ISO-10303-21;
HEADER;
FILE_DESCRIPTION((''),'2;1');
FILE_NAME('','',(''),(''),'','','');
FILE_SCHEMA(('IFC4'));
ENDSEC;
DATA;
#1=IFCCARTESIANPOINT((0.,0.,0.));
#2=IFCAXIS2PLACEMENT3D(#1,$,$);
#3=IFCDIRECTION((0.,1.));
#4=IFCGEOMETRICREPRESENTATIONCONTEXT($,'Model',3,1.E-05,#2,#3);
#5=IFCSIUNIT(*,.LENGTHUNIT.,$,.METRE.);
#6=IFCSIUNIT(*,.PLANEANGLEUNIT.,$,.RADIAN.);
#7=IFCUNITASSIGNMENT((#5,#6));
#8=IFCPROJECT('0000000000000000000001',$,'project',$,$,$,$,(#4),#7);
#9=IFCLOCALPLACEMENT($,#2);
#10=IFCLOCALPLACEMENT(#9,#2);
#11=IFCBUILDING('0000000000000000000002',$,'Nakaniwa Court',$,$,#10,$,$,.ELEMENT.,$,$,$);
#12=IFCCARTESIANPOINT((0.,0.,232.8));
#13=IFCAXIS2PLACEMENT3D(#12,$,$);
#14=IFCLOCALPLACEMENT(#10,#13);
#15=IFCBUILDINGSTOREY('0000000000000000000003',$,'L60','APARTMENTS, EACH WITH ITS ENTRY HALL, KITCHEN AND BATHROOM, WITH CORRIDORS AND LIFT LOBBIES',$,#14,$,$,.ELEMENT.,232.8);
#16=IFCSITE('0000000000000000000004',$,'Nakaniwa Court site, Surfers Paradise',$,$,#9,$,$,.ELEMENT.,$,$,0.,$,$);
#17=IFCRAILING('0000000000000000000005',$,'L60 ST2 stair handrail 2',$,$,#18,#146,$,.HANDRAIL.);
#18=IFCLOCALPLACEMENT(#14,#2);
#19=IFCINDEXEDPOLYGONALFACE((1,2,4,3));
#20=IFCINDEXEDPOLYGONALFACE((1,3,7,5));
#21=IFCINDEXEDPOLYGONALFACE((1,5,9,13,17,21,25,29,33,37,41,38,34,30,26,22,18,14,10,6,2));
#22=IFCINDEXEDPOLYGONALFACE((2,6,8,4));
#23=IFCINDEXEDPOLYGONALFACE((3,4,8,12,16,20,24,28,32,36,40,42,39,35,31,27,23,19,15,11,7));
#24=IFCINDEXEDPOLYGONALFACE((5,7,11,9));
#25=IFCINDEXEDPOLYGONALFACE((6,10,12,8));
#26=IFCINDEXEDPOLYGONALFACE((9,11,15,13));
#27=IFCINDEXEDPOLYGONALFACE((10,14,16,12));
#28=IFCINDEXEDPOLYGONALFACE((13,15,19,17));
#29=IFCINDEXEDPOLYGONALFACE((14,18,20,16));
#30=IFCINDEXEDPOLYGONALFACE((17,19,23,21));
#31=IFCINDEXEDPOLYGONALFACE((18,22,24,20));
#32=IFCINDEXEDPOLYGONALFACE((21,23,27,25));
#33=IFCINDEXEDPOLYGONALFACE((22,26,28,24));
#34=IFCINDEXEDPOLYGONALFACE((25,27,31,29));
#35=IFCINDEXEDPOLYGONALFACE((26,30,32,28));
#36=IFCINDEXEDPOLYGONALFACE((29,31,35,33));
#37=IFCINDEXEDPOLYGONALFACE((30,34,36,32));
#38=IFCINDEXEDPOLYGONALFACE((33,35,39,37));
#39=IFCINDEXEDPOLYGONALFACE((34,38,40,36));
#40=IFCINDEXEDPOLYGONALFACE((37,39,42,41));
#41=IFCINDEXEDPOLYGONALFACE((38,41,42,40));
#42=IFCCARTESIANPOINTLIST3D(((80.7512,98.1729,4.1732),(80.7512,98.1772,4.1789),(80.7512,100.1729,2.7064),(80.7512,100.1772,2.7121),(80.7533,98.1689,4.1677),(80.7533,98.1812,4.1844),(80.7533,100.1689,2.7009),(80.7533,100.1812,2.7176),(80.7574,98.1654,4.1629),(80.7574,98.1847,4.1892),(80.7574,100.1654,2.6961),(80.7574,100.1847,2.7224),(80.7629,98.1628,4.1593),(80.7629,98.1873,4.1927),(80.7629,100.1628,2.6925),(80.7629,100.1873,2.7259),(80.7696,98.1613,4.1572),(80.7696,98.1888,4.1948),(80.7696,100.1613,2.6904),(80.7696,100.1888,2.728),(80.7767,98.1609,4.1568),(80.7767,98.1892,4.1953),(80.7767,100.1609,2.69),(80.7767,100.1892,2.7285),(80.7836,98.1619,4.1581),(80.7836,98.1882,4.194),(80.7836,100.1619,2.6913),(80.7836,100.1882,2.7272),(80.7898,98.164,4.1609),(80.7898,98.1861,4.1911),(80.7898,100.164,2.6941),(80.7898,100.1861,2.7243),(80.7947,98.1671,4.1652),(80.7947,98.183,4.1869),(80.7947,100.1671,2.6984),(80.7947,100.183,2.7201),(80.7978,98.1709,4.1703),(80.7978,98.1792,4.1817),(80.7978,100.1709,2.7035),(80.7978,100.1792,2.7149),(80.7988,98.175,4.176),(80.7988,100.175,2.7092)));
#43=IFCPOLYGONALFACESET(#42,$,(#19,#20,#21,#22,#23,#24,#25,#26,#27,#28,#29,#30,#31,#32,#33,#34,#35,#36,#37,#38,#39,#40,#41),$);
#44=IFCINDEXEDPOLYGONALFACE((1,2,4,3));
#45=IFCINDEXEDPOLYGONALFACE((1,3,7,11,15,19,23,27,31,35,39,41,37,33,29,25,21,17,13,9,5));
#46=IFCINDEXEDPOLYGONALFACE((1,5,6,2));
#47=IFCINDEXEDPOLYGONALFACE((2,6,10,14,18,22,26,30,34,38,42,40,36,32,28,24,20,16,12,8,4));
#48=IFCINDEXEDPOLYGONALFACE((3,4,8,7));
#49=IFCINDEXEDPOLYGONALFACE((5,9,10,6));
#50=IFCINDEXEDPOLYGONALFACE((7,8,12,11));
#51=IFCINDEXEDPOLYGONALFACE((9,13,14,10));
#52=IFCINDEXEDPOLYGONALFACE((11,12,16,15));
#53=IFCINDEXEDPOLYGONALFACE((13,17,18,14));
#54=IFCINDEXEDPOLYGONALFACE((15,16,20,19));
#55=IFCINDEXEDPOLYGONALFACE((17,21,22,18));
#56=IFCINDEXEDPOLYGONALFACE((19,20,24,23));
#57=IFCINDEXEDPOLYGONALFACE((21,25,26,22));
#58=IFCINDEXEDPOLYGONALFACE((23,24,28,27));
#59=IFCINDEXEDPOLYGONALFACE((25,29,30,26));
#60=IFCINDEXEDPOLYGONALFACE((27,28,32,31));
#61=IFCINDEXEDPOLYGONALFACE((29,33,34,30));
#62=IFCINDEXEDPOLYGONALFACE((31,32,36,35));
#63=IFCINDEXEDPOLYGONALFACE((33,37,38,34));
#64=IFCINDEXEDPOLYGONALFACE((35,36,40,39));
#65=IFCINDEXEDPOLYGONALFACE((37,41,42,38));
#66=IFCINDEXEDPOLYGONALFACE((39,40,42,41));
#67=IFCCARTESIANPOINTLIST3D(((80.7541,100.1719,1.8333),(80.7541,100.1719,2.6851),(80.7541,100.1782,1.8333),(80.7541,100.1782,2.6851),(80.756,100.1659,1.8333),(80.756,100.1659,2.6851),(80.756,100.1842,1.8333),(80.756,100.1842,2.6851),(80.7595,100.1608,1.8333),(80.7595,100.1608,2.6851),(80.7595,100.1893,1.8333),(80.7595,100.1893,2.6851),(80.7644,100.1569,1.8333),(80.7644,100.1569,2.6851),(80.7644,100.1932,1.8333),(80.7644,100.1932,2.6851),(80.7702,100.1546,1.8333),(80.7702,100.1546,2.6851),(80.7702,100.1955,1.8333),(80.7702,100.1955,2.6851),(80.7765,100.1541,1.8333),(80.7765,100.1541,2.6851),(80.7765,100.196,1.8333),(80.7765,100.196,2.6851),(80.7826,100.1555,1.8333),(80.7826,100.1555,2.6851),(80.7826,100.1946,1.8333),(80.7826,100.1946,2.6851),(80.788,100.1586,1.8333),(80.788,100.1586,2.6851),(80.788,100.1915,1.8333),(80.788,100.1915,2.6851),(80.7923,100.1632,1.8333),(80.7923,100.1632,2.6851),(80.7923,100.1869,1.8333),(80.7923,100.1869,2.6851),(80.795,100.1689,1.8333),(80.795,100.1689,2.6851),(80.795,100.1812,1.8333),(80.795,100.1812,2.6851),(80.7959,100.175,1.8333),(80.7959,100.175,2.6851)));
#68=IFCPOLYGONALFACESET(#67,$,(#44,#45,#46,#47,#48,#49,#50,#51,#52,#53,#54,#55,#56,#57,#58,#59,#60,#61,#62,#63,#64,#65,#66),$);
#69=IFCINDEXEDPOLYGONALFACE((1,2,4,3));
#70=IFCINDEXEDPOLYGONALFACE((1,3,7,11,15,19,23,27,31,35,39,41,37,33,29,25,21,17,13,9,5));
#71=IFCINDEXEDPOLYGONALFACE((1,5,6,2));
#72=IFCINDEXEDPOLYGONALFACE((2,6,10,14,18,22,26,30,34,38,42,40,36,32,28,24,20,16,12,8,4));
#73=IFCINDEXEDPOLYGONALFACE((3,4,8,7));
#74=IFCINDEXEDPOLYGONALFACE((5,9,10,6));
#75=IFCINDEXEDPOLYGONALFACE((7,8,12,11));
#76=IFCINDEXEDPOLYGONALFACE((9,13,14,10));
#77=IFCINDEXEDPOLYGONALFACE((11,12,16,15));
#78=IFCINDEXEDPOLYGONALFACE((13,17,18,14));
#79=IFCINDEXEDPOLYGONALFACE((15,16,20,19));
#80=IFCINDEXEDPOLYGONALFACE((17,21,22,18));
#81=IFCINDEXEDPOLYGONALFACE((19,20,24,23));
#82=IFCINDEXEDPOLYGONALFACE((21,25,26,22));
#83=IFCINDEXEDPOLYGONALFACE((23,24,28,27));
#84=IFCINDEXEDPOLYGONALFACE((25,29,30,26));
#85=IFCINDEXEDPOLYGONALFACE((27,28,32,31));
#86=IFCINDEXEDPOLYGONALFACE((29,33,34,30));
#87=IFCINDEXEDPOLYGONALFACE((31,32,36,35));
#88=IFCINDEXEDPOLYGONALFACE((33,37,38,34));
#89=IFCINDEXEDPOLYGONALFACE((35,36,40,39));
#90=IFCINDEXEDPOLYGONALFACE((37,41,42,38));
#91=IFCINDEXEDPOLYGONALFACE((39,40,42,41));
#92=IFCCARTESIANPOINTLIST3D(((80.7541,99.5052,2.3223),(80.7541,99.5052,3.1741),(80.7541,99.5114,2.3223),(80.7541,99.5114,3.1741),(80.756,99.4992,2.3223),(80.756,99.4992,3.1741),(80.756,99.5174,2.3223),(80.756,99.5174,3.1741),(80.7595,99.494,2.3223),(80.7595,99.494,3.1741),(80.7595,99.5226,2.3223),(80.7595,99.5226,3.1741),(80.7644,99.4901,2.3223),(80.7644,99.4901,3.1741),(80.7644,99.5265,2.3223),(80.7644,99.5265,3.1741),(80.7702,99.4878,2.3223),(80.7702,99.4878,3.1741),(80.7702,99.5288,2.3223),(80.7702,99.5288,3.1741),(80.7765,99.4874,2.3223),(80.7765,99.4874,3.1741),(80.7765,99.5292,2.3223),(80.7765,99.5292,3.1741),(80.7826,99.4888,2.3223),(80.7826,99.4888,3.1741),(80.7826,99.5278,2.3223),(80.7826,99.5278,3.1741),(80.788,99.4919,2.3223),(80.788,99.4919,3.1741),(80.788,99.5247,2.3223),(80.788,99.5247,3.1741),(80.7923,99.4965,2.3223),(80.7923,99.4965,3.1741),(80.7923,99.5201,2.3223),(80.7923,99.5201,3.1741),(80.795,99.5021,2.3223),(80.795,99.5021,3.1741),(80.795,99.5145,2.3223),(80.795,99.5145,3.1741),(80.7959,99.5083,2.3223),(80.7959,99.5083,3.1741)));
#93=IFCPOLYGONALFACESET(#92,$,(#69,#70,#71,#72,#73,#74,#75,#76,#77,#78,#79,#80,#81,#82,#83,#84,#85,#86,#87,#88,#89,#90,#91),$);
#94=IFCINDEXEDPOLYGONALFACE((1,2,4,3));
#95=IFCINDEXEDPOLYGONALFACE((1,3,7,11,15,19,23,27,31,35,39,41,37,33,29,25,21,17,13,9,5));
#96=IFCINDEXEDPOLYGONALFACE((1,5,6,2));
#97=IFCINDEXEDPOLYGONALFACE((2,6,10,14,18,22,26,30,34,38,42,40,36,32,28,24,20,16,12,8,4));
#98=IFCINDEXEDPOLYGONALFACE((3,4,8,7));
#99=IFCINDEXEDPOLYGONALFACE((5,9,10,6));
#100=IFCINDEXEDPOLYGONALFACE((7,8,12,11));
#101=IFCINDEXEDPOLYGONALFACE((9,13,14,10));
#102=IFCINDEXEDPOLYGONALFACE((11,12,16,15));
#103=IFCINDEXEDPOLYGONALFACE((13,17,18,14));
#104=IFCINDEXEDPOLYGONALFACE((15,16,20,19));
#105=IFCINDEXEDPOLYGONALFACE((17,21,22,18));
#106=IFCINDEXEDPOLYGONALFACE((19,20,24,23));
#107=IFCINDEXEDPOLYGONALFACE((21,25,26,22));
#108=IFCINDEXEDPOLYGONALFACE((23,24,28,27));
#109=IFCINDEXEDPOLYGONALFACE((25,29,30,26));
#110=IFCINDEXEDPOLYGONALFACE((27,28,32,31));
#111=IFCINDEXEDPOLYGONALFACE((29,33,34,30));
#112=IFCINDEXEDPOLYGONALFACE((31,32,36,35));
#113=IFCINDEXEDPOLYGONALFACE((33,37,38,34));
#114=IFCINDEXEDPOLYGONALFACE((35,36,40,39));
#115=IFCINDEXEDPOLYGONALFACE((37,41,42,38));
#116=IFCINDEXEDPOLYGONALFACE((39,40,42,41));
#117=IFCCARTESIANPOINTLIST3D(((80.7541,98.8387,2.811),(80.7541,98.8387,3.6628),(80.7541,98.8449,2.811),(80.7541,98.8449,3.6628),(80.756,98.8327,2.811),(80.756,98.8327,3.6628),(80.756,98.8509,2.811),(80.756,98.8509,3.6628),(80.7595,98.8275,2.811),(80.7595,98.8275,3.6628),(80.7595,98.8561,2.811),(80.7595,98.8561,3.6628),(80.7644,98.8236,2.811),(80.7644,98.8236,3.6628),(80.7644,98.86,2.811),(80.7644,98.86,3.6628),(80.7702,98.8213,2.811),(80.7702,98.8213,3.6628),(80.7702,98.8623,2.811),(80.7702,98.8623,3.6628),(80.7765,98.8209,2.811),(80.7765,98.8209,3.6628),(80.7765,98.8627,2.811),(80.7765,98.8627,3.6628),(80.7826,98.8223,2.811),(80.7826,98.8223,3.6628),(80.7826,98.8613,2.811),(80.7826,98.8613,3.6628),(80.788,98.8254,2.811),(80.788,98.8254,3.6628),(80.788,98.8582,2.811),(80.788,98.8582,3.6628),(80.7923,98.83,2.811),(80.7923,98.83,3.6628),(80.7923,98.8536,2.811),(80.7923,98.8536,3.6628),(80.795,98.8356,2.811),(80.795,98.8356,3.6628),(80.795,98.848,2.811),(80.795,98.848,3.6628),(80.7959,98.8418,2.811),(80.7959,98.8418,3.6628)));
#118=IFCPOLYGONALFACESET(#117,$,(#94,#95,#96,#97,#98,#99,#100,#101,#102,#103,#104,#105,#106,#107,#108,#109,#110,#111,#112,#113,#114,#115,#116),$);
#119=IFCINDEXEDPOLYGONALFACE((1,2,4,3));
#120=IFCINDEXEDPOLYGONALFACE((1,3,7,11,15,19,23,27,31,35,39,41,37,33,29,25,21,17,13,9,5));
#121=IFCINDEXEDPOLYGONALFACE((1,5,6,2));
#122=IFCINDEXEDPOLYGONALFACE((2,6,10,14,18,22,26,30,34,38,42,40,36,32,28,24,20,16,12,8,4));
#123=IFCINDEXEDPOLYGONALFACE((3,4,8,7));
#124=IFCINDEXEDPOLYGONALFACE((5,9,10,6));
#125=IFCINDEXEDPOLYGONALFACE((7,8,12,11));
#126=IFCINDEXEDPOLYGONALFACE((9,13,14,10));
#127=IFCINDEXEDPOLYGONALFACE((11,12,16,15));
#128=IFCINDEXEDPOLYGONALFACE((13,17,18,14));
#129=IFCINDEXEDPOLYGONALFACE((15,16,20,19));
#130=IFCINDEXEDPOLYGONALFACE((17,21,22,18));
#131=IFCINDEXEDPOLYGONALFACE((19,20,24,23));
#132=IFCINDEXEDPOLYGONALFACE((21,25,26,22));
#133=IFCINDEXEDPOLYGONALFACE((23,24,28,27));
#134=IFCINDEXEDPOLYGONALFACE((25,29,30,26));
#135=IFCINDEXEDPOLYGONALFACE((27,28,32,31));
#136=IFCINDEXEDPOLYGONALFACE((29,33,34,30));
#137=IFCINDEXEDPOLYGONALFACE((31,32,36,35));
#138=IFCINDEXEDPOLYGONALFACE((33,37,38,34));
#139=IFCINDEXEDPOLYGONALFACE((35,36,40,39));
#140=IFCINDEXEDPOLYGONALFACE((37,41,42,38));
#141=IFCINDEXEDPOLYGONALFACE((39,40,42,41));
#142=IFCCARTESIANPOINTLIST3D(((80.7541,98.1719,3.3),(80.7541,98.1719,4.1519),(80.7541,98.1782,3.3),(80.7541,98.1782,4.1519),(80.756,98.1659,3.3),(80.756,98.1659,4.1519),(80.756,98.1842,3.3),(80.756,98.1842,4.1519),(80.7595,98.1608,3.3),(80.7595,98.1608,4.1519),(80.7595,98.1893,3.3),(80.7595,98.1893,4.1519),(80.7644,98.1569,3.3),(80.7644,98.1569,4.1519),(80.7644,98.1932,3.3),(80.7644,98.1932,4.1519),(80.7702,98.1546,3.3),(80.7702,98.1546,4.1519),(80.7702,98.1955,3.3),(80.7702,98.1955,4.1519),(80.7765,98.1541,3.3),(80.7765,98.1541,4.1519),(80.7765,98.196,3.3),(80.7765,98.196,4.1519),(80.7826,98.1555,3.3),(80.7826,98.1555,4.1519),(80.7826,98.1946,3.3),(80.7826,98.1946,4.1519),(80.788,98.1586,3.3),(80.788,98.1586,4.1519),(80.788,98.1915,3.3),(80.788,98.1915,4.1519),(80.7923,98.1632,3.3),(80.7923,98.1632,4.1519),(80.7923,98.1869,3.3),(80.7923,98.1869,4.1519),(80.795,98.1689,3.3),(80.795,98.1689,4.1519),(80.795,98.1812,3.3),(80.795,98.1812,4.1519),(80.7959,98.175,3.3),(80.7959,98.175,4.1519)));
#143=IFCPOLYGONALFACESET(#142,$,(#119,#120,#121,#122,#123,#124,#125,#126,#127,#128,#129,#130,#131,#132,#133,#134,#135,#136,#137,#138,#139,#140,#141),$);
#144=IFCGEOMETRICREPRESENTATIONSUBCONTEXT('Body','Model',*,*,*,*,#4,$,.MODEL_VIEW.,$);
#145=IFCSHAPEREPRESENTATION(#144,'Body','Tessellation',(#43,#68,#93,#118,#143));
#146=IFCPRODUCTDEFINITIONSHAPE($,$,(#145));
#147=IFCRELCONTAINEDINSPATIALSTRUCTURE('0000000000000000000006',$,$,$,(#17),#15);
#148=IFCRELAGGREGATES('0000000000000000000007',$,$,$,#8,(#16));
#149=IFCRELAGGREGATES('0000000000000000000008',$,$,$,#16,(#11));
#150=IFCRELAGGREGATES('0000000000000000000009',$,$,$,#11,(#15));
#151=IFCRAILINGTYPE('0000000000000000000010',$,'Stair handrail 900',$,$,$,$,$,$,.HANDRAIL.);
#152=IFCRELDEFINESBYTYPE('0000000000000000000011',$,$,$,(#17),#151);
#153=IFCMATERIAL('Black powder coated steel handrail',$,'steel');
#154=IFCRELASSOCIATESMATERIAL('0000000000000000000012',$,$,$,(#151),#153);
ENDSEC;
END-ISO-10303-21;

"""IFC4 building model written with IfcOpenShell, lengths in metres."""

from ifc_helpers import new_model, si_unit, direction, frame, origin, origin_2d, place, context, subcontext, project, spatial, circle, extrude, material, type_object, element, save


model = new_model("IFC4")

# Units and contexts
model_context = context("Model", 3, precision=1e-05, world=origin(), true_north=direction((0.0, 1.0)))
body_context = subcontext(model_context, "Body", "Model", "MODEL_VIEW")
ifc_project = project(units=[si_unit("LENGTHUNIT", "METRE"), si_unit("PLANEANGLEUNIT", "RADIAN")], contexts=[model_context])

# Site, building, storey
site_placement = place(None, origin())
site = spatial("IfcSite", under=ifc_project, at=site_placement, Name="Nakaniwa Court site, Surfers Paradise", CompositionType="ELEMENT", RefElevation=0.0)
building_placement = place(site_placement, origin())
building = spatial("IfcBuilding", under=site, at=building_placement, Name="Nakaniwa Court", CompositionType="ELEMENT")
storey_placement = place(building_placement, frame((0.0, 0.0, 232.8)))
storey = spatial("IfcBuildingStorey", under=building, at=storey_placement, Name="L60", Description="APARTMENTS, EACH WITH ITS ENTRY HALL, KITCHEN AND BATHROOM, WITH CORRIDORS AND LIFT LOBBIES", CompositionType="ELEMENT", Elevation=232.8)

# Railing
ifc_material_1 = material(Name="Black powder coated steel handrail", Category="steel")
railing_type_1 = type_object("IfcRailingType", Name="Stair handrail 900", PredefinedType="HANDRAIL", material=ifc_material_1)
railing_1_placement = place(storey_placement, frame((80.7749, 100.175, 1.8333)))
element("IfcRailing", 1, at=railing_1_placement, inside=storey, type_object=railing_type_1, Name="L60 ST2 stair handrail 2", PredefinedType="HANDRAIL", context=body_context, shape_type="SweptSolid", body=[
    extrude(circle(Radius=0.0239, at=origin_2d()), frame((0.0, 0.0, 0.876), z_axis=(0.0, -0.80638, 0.591398), x_axis=(1.0, 0.0, 0.0)), (0.0, 0.0, 1.0), 2.4802),
    extrude(circle(Radius=0.021, at=origin_2d()), origin(), (0.0, 0.0, 1.0), 0.8518),
    extrude(circle(Radius=0.021, at=origin_2d()), frame((0.0, -0.6667, 0.489)), (0.0, 0.0, 1.0), 0.8518),
    extrude(circle(Radius=0.021, at=origin_2d()), frame((0.0, -1.3333, 0.9778)), (0.0, 0.0, 1.0), 0.8518),
    extrude(circle(Radius=0.021, at=origin_2d()), frame((0.0, -2.0, 1.4668)), (0.0, 0.0, 1.0), 0.8518),
])

save(model, "model.ifc")
